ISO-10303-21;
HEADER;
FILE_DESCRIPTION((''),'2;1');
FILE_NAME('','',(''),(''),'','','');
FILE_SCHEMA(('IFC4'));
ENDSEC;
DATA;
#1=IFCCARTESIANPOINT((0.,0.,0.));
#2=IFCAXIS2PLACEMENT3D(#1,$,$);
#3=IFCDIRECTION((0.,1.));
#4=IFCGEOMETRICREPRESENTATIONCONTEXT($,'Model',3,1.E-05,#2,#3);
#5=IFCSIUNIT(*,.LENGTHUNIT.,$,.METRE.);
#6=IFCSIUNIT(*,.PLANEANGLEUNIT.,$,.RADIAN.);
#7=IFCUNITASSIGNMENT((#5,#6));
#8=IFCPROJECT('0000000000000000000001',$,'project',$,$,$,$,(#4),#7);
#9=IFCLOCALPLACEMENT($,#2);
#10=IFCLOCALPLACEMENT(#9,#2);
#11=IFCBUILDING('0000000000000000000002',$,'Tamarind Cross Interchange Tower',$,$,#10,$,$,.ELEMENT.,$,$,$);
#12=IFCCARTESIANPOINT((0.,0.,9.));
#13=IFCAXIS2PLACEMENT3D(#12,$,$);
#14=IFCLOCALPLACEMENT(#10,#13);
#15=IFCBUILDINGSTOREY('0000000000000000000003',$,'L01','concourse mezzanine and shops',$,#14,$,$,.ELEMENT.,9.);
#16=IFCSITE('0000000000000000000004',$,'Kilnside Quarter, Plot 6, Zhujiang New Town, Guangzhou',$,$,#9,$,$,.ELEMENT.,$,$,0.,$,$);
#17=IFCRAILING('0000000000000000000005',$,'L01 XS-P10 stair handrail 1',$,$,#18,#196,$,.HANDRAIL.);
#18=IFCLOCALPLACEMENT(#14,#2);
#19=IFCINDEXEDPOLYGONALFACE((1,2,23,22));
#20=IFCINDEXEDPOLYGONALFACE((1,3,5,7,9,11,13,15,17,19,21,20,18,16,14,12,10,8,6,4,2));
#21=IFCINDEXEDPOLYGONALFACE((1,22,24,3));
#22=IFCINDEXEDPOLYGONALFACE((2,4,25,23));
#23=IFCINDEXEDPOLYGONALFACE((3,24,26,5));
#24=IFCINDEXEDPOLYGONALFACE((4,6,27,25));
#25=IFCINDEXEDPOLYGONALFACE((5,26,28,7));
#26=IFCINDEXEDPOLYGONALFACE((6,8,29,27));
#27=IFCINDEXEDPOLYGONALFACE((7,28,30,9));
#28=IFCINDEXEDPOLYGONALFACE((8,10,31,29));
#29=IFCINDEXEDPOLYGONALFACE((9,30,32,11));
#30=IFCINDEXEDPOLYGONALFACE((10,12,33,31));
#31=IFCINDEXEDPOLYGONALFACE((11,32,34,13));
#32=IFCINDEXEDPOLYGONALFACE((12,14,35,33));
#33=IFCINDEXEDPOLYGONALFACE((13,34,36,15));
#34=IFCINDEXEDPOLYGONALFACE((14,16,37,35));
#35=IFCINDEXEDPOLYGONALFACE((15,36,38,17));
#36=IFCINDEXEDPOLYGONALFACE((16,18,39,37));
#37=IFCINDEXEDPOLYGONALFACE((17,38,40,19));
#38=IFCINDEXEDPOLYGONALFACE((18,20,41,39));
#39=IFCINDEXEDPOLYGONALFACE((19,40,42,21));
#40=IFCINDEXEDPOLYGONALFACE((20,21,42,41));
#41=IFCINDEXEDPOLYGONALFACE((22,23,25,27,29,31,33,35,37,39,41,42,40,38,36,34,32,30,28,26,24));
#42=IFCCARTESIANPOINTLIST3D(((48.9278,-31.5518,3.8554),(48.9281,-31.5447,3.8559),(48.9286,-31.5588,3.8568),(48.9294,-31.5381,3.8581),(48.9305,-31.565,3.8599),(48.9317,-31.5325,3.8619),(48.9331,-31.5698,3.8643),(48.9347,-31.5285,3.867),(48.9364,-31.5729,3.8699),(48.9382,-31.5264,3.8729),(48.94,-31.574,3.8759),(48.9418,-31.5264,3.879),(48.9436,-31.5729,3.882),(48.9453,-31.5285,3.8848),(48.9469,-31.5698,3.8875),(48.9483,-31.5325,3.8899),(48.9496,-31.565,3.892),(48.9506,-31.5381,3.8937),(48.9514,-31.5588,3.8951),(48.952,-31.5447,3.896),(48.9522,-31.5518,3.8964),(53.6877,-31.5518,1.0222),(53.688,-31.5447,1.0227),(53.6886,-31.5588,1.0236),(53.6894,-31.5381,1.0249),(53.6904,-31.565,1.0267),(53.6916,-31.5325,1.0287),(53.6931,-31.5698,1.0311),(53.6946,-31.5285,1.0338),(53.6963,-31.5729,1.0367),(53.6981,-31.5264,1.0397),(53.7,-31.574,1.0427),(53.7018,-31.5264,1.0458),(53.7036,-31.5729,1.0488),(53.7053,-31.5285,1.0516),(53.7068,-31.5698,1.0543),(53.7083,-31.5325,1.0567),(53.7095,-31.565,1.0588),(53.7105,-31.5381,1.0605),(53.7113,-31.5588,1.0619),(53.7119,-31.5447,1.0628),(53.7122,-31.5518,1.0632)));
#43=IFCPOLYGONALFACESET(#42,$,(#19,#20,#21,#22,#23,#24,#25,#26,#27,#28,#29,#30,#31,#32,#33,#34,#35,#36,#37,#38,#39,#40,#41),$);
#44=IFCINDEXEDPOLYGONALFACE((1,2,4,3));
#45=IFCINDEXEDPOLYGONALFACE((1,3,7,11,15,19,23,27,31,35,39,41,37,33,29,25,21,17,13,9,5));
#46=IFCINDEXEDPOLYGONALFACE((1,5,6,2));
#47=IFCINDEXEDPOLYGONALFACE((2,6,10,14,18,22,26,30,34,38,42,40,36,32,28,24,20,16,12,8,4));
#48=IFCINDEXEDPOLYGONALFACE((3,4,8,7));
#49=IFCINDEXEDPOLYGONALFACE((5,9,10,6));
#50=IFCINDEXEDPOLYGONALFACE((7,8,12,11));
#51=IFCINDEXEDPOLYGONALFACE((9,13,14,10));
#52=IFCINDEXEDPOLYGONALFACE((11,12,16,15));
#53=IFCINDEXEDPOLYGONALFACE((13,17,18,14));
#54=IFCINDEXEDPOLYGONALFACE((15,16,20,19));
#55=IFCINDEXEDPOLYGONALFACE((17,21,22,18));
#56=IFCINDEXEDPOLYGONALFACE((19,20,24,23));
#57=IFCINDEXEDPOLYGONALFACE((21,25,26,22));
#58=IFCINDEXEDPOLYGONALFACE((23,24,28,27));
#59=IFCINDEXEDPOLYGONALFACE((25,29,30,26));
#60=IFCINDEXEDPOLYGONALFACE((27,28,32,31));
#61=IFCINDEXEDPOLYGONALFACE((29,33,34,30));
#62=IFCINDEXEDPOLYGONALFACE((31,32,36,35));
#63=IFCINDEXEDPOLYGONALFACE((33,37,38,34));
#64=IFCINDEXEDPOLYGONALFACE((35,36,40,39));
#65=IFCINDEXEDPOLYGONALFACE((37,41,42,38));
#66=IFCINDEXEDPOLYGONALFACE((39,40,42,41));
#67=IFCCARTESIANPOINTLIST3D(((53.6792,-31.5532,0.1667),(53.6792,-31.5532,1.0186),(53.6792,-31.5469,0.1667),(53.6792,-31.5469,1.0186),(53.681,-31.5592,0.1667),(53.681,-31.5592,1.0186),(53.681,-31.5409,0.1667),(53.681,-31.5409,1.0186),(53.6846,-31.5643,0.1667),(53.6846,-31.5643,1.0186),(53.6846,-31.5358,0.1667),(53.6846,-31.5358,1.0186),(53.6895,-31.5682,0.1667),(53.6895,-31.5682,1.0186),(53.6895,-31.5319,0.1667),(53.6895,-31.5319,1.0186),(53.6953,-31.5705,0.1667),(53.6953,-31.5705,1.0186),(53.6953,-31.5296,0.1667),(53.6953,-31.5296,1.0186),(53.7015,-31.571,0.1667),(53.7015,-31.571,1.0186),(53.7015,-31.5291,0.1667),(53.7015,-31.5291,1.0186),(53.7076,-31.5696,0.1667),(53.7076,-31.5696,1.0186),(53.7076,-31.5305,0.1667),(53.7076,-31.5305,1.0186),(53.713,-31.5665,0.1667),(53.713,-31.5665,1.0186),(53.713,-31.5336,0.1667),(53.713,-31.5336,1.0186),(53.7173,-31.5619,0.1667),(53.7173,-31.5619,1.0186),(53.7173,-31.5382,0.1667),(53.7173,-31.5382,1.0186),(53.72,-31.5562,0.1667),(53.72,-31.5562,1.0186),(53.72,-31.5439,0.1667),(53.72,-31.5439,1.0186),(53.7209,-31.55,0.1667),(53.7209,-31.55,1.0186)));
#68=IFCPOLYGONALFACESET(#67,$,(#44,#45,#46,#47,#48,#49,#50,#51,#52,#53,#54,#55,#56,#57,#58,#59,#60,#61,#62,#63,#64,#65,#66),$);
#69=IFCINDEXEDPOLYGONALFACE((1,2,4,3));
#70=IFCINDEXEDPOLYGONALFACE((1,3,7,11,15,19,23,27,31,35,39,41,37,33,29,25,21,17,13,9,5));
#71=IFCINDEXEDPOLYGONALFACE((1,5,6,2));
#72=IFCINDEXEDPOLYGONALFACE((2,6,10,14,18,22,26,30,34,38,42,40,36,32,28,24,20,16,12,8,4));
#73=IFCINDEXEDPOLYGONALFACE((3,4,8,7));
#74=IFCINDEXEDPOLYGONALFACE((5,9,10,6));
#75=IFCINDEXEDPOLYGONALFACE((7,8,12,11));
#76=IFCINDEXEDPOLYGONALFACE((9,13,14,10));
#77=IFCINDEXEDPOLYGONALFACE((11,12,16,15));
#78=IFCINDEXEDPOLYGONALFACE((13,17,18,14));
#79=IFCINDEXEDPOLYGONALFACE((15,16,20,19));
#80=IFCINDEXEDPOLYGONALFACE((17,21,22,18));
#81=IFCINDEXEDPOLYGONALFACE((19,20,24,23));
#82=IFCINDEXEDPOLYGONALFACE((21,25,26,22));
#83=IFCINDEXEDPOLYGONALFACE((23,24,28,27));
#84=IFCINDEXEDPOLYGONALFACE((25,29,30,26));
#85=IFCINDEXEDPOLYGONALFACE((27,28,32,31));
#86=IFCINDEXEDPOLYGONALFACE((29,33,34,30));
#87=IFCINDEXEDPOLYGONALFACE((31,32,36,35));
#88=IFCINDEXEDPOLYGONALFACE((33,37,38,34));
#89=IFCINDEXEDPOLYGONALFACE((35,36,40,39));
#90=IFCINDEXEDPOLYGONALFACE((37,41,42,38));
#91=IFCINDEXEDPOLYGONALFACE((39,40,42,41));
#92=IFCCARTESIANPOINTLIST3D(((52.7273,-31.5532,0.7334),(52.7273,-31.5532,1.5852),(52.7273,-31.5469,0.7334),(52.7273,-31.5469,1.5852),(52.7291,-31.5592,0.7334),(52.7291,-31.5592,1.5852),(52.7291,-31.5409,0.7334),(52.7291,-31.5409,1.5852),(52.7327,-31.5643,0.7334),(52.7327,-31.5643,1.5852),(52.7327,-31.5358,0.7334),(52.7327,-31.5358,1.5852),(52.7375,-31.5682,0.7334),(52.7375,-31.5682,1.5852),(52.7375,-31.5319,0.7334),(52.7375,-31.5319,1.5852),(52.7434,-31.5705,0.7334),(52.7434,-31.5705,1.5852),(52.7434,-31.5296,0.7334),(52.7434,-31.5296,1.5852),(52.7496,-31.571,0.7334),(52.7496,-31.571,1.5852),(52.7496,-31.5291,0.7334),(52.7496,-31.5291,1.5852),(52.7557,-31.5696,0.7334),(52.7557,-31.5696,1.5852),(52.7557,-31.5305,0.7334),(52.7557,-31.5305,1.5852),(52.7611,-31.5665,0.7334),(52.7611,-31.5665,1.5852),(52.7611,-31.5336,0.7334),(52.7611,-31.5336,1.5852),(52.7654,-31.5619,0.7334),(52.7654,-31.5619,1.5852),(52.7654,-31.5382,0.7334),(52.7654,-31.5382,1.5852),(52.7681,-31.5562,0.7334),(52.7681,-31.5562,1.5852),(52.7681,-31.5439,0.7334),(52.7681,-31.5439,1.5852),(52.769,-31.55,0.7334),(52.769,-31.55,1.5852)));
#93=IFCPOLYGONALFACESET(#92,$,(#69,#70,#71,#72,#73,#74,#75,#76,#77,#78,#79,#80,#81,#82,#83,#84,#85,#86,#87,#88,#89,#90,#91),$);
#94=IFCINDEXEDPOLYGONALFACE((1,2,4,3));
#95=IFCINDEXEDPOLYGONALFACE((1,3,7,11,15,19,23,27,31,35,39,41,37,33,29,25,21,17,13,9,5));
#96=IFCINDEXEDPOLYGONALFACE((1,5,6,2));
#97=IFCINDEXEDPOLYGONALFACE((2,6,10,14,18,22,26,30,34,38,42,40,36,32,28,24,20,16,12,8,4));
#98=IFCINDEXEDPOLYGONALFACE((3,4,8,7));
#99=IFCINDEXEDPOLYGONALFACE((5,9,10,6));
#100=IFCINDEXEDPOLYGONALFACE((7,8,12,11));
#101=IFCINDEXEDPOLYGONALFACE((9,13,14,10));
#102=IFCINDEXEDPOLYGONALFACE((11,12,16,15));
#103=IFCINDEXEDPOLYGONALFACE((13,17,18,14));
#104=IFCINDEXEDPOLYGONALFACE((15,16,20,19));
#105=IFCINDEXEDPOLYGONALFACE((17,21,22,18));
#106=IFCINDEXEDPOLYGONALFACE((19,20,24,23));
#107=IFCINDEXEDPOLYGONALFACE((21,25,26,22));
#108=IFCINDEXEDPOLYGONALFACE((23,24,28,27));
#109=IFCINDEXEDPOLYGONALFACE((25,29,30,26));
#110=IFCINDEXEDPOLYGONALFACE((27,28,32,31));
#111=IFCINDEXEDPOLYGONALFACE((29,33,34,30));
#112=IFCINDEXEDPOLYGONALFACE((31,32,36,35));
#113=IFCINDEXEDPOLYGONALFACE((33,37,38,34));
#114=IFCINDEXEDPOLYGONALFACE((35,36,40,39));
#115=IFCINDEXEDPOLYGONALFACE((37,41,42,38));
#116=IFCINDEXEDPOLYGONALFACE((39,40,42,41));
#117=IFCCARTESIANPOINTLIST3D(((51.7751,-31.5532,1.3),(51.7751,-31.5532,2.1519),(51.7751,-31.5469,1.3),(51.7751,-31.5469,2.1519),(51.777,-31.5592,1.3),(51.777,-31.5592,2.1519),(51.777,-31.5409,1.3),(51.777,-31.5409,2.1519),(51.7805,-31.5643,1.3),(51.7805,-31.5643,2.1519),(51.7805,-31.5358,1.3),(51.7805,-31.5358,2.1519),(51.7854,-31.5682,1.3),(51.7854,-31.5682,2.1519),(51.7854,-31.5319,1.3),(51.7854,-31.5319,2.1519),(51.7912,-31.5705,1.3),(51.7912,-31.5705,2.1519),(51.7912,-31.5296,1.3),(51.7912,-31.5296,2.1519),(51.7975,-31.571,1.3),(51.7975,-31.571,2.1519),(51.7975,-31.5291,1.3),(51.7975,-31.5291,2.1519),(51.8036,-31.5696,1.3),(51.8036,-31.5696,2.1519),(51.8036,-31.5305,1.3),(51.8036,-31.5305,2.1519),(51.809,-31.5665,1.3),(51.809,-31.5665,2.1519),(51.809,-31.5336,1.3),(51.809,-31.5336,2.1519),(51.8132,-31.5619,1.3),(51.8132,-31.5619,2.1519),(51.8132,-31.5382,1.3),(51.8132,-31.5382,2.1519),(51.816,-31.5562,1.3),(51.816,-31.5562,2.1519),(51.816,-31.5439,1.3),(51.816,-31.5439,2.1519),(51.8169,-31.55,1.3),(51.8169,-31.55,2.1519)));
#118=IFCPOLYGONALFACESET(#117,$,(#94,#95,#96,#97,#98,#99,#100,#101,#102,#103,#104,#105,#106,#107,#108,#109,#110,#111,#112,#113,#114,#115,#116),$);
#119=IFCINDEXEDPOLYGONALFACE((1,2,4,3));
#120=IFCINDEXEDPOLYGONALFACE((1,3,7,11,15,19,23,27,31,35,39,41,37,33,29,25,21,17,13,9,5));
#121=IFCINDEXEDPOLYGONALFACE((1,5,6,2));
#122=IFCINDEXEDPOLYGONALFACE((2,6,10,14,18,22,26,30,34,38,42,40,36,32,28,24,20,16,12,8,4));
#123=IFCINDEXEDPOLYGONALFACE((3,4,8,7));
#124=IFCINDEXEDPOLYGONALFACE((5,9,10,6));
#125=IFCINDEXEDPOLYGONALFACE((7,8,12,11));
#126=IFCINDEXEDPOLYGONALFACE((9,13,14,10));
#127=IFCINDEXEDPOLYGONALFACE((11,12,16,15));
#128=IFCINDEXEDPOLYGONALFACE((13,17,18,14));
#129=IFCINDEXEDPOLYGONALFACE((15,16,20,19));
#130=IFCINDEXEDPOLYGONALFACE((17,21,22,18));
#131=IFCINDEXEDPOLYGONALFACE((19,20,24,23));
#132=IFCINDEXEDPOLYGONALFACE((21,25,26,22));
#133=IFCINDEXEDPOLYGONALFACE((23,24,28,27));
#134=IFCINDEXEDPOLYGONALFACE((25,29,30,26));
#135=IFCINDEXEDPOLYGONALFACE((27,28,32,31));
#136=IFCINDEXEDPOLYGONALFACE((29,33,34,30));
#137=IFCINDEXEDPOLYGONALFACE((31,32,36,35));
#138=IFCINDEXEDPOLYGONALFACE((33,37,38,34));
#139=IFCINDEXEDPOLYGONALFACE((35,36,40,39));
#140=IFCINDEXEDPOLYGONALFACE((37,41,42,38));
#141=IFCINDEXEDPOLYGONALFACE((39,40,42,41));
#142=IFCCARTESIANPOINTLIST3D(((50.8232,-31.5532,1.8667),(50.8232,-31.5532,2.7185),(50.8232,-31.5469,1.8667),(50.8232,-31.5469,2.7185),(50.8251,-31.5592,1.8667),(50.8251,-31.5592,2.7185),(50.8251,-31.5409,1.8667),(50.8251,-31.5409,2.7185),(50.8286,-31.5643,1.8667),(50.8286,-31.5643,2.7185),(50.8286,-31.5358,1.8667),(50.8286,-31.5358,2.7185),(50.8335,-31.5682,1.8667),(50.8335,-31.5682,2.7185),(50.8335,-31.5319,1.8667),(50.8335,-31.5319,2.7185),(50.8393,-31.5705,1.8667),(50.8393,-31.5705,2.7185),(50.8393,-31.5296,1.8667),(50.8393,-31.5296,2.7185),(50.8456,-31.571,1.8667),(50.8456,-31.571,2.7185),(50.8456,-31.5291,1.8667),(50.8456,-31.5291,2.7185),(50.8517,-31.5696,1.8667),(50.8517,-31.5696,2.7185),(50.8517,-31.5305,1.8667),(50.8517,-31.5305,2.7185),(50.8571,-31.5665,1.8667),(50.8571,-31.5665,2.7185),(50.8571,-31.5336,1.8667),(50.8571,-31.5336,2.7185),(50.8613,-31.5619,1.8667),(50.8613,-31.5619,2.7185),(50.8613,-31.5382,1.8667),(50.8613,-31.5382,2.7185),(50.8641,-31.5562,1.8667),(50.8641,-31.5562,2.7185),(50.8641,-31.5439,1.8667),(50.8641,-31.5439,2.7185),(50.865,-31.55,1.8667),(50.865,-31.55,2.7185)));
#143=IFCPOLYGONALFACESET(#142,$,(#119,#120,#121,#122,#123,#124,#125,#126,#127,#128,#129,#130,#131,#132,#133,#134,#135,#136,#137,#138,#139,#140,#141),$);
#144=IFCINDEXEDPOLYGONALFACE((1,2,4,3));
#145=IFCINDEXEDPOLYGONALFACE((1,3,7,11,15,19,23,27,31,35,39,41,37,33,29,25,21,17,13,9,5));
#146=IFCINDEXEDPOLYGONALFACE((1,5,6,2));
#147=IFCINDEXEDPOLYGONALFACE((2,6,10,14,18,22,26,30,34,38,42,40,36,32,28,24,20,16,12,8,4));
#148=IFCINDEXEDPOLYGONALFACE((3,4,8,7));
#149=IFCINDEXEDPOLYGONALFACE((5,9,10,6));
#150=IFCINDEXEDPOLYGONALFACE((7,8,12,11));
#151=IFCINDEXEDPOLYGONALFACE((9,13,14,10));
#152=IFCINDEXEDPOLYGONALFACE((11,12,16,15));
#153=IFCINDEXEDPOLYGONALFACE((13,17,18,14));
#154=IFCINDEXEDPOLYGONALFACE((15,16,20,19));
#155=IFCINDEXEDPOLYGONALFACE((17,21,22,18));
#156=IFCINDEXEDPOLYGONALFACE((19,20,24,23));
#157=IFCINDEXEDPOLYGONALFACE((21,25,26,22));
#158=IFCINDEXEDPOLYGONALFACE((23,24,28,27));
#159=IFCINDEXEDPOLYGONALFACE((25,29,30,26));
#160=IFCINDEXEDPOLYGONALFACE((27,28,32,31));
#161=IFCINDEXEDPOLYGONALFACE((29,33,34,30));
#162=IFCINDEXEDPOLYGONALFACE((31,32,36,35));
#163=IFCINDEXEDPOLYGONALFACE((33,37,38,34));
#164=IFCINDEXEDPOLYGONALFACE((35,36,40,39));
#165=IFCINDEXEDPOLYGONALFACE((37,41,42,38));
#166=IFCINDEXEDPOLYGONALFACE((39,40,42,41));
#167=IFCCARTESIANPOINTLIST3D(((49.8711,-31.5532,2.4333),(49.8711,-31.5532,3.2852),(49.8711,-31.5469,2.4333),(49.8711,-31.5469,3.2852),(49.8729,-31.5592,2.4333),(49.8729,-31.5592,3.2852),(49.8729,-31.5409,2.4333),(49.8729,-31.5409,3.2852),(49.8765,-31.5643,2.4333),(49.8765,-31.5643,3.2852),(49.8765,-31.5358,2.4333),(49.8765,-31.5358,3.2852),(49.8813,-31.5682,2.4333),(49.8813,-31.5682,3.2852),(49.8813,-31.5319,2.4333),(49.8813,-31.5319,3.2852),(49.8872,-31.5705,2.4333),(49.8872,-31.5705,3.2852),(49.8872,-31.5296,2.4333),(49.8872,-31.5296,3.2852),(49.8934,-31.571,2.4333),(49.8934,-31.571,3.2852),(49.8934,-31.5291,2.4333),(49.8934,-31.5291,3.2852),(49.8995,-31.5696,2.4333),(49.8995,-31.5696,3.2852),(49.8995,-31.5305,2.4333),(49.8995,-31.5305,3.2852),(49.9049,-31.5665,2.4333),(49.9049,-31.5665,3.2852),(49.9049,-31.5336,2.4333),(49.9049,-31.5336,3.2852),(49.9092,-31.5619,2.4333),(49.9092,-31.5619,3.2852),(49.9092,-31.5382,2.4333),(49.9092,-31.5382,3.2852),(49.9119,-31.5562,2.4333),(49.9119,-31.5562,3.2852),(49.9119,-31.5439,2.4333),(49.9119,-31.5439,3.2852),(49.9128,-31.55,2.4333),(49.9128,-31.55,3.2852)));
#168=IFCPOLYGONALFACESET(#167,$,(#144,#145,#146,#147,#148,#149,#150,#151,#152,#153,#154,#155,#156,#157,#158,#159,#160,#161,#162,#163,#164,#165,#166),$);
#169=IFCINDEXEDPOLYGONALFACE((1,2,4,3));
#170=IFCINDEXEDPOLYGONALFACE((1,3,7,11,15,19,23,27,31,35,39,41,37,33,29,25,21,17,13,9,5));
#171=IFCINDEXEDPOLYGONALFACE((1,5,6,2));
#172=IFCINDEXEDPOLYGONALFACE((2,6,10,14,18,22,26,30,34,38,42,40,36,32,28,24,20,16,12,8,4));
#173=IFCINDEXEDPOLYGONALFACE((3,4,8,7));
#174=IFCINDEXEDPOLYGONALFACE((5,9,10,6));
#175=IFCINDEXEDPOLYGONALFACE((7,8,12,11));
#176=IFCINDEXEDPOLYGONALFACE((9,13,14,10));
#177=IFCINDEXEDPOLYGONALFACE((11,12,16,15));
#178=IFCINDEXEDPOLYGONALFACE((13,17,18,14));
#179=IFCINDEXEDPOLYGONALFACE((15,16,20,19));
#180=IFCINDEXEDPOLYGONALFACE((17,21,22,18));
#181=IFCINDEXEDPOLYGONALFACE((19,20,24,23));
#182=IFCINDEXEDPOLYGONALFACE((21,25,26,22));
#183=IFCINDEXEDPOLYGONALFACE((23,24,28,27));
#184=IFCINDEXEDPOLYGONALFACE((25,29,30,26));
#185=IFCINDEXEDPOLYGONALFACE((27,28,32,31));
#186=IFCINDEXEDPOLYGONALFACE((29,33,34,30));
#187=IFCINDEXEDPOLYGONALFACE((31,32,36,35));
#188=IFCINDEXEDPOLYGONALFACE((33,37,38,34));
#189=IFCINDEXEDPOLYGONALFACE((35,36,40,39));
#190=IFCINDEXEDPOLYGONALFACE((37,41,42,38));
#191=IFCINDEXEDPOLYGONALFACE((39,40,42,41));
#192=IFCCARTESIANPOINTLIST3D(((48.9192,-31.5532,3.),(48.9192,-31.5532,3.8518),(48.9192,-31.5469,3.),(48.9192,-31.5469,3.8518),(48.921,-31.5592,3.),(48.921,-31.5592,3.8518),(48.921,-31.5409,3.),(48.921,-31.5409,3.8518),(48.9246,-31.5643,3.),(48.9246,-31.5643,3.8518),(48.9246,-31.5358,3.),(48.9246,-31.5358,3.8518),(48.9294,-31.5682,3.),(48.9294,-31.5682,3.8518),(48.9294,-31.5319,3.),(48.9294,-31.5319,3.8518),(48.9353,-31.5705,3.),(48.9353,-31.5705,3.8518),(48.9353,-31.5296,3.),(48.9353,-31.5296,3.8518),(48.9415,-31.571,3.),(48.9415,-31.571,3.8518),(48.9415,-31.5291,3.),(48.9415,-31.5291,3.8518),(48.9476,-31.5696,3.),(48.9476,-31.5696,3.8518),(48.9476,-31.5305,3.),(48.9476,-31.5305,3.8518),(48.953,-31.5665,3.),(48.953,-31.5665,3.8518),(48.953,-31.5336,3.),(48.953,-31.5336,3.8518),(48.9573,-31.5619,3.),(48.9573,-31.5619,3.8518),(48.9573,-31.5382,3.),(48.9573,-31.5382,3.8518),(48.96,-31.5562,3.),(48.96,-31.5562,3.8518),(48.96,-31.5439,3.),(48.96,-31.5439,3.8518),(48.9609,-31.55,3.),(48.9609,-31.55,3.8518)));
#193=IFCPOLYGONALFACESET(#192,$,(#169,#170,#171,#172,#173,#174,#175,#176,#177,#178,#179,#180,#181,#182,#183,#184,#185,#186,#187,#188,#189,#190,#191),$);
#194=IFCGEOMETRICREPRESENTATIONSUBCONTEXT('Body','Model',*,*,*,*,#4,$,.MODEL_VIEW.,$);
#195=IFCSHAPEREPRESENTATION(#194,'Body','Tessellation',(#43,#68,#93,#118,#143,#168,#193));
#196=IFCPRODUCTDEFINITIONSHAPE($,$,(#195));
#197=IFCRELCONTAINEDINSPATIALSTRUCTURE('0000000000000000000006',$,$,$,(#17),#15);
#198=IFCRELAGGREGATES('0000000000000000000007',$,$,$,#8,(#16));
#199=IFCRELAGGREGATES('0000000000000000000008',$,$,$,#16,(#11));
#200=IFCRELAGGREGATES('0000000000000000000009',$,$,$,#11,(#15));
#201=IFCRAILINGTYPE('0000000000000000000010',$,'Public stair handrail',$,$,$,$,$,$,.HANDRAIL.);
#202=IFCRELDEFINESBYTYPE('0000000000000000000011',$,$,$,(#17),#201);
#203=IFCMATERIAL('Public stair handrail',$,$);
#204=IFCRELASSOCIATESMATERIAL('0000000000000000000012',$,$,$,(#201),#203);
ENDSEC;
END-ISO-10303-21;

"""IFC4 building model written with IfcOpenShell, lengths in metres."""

from ifc_helpers import new_model, si_unit, direction, frame, origin, origin_2d, place, context, subcontext, project, spatial, circle, extrude, material, type_object, element, save


model = new_model("IFC4")

# Units and contexts
model_context = context("Model", 3, precision=1e-05, world=origin(), true_north=direction((0.0, 1.0)))
body_context = subcontext(model_context, "Body", "Model", "MODEL_VIEW")
ifc_project = project(units=[si_unit("LENGTHUNIT", "METRE"), si_unit("PLANEANGLEUNIT", "RADIAN")], contexts=[model_context])

# Site, building, storey
site_placement = place(None, origin())
site = spatial("IfcSite", under=ifc_project, at=site_placement, Name="Kilnside Quarter, Plot 6, Zhujiang New Town, Guangzhou", CompositionType="ELEMENT", RefElevation=0.0)
building_placement = place(site_placement, origin())
building = spatial("IfcBuilding", under=site, at=building_placement, Name="Tamarind Cross Interchange Tower", CompositionType="ELEMENT")
storey_placement = place(building_placement, frame((0.0, 0.0, 9.0)))
storey = spatial("IfcBuildingStorey", under=building, at=storey_placement, Name="L01", Description="concourse mezzanine and shops", CompositionType="ELEMENT", Elevation=9.0)

# Railing
ifc_material_1 = material(Name="Public stair handrail")
railing_type_1 = type_object("IfcRailingType", Name="Public stair handrail", PredefinedType="HANDRAIL", material=ifc_material_1)
railing_1_placement = place(storey_placement, frame((53.7, -31.55, 0.1667)))
element("IfcRailing", 1, at=railing_1_placement, inside=storey, type_object=railing_type_1, Name="L01 XS-P10 stair handrail 1", PredefinedType="HANDRAIL", context=body_context, shape_type="SweptSolid", body=[
    extrude(circle(Radius=0.0239, at=origin_2d()), frame((0.0, 0.0, 0.876), z_axis=(-0.8593, 0.0, 0.511472), x_axis=(0.0, -1.0, 0.0)), (0.0, 0.0, 1.0), 5.5393),
    extrude(circle(Radius=0.021, at=origin_2d()), origin(), (0.0, 0.0, 1.0), 0.8518),
    extrude(circle(Radius=0.021, at=origin_2d()), frame((-0.9519, 0.0, 0.5667)), (0.0, 0.0, 1.0), 0.8518),
    extrude(circle(Radius=0.021, at=origin_2d()), frame((-1.9041, 0.0, 1.1333)), (0.0, 0.0, 1.0), 0.8518),
    extrude(circle(Radius=0.021, at=origin_2d()), frame((-2.856, 0.0, 1.7)), (0.0, 0.0, 1.0), 0.8518),
    extrude(circle(Radius=0.021, at=origin_2d()), frame((-3.8081, 0.0, 2.2666)), (0.0, 0.0, 1.0), 0.8518),
    extrude(circle(Radius=0.021, at=origin_2d()), frame((-4.76, 0.0, 2.8333)), (0.0, 0.0, 1.0), 0.8518),
])

save(model, "model.ifc")
